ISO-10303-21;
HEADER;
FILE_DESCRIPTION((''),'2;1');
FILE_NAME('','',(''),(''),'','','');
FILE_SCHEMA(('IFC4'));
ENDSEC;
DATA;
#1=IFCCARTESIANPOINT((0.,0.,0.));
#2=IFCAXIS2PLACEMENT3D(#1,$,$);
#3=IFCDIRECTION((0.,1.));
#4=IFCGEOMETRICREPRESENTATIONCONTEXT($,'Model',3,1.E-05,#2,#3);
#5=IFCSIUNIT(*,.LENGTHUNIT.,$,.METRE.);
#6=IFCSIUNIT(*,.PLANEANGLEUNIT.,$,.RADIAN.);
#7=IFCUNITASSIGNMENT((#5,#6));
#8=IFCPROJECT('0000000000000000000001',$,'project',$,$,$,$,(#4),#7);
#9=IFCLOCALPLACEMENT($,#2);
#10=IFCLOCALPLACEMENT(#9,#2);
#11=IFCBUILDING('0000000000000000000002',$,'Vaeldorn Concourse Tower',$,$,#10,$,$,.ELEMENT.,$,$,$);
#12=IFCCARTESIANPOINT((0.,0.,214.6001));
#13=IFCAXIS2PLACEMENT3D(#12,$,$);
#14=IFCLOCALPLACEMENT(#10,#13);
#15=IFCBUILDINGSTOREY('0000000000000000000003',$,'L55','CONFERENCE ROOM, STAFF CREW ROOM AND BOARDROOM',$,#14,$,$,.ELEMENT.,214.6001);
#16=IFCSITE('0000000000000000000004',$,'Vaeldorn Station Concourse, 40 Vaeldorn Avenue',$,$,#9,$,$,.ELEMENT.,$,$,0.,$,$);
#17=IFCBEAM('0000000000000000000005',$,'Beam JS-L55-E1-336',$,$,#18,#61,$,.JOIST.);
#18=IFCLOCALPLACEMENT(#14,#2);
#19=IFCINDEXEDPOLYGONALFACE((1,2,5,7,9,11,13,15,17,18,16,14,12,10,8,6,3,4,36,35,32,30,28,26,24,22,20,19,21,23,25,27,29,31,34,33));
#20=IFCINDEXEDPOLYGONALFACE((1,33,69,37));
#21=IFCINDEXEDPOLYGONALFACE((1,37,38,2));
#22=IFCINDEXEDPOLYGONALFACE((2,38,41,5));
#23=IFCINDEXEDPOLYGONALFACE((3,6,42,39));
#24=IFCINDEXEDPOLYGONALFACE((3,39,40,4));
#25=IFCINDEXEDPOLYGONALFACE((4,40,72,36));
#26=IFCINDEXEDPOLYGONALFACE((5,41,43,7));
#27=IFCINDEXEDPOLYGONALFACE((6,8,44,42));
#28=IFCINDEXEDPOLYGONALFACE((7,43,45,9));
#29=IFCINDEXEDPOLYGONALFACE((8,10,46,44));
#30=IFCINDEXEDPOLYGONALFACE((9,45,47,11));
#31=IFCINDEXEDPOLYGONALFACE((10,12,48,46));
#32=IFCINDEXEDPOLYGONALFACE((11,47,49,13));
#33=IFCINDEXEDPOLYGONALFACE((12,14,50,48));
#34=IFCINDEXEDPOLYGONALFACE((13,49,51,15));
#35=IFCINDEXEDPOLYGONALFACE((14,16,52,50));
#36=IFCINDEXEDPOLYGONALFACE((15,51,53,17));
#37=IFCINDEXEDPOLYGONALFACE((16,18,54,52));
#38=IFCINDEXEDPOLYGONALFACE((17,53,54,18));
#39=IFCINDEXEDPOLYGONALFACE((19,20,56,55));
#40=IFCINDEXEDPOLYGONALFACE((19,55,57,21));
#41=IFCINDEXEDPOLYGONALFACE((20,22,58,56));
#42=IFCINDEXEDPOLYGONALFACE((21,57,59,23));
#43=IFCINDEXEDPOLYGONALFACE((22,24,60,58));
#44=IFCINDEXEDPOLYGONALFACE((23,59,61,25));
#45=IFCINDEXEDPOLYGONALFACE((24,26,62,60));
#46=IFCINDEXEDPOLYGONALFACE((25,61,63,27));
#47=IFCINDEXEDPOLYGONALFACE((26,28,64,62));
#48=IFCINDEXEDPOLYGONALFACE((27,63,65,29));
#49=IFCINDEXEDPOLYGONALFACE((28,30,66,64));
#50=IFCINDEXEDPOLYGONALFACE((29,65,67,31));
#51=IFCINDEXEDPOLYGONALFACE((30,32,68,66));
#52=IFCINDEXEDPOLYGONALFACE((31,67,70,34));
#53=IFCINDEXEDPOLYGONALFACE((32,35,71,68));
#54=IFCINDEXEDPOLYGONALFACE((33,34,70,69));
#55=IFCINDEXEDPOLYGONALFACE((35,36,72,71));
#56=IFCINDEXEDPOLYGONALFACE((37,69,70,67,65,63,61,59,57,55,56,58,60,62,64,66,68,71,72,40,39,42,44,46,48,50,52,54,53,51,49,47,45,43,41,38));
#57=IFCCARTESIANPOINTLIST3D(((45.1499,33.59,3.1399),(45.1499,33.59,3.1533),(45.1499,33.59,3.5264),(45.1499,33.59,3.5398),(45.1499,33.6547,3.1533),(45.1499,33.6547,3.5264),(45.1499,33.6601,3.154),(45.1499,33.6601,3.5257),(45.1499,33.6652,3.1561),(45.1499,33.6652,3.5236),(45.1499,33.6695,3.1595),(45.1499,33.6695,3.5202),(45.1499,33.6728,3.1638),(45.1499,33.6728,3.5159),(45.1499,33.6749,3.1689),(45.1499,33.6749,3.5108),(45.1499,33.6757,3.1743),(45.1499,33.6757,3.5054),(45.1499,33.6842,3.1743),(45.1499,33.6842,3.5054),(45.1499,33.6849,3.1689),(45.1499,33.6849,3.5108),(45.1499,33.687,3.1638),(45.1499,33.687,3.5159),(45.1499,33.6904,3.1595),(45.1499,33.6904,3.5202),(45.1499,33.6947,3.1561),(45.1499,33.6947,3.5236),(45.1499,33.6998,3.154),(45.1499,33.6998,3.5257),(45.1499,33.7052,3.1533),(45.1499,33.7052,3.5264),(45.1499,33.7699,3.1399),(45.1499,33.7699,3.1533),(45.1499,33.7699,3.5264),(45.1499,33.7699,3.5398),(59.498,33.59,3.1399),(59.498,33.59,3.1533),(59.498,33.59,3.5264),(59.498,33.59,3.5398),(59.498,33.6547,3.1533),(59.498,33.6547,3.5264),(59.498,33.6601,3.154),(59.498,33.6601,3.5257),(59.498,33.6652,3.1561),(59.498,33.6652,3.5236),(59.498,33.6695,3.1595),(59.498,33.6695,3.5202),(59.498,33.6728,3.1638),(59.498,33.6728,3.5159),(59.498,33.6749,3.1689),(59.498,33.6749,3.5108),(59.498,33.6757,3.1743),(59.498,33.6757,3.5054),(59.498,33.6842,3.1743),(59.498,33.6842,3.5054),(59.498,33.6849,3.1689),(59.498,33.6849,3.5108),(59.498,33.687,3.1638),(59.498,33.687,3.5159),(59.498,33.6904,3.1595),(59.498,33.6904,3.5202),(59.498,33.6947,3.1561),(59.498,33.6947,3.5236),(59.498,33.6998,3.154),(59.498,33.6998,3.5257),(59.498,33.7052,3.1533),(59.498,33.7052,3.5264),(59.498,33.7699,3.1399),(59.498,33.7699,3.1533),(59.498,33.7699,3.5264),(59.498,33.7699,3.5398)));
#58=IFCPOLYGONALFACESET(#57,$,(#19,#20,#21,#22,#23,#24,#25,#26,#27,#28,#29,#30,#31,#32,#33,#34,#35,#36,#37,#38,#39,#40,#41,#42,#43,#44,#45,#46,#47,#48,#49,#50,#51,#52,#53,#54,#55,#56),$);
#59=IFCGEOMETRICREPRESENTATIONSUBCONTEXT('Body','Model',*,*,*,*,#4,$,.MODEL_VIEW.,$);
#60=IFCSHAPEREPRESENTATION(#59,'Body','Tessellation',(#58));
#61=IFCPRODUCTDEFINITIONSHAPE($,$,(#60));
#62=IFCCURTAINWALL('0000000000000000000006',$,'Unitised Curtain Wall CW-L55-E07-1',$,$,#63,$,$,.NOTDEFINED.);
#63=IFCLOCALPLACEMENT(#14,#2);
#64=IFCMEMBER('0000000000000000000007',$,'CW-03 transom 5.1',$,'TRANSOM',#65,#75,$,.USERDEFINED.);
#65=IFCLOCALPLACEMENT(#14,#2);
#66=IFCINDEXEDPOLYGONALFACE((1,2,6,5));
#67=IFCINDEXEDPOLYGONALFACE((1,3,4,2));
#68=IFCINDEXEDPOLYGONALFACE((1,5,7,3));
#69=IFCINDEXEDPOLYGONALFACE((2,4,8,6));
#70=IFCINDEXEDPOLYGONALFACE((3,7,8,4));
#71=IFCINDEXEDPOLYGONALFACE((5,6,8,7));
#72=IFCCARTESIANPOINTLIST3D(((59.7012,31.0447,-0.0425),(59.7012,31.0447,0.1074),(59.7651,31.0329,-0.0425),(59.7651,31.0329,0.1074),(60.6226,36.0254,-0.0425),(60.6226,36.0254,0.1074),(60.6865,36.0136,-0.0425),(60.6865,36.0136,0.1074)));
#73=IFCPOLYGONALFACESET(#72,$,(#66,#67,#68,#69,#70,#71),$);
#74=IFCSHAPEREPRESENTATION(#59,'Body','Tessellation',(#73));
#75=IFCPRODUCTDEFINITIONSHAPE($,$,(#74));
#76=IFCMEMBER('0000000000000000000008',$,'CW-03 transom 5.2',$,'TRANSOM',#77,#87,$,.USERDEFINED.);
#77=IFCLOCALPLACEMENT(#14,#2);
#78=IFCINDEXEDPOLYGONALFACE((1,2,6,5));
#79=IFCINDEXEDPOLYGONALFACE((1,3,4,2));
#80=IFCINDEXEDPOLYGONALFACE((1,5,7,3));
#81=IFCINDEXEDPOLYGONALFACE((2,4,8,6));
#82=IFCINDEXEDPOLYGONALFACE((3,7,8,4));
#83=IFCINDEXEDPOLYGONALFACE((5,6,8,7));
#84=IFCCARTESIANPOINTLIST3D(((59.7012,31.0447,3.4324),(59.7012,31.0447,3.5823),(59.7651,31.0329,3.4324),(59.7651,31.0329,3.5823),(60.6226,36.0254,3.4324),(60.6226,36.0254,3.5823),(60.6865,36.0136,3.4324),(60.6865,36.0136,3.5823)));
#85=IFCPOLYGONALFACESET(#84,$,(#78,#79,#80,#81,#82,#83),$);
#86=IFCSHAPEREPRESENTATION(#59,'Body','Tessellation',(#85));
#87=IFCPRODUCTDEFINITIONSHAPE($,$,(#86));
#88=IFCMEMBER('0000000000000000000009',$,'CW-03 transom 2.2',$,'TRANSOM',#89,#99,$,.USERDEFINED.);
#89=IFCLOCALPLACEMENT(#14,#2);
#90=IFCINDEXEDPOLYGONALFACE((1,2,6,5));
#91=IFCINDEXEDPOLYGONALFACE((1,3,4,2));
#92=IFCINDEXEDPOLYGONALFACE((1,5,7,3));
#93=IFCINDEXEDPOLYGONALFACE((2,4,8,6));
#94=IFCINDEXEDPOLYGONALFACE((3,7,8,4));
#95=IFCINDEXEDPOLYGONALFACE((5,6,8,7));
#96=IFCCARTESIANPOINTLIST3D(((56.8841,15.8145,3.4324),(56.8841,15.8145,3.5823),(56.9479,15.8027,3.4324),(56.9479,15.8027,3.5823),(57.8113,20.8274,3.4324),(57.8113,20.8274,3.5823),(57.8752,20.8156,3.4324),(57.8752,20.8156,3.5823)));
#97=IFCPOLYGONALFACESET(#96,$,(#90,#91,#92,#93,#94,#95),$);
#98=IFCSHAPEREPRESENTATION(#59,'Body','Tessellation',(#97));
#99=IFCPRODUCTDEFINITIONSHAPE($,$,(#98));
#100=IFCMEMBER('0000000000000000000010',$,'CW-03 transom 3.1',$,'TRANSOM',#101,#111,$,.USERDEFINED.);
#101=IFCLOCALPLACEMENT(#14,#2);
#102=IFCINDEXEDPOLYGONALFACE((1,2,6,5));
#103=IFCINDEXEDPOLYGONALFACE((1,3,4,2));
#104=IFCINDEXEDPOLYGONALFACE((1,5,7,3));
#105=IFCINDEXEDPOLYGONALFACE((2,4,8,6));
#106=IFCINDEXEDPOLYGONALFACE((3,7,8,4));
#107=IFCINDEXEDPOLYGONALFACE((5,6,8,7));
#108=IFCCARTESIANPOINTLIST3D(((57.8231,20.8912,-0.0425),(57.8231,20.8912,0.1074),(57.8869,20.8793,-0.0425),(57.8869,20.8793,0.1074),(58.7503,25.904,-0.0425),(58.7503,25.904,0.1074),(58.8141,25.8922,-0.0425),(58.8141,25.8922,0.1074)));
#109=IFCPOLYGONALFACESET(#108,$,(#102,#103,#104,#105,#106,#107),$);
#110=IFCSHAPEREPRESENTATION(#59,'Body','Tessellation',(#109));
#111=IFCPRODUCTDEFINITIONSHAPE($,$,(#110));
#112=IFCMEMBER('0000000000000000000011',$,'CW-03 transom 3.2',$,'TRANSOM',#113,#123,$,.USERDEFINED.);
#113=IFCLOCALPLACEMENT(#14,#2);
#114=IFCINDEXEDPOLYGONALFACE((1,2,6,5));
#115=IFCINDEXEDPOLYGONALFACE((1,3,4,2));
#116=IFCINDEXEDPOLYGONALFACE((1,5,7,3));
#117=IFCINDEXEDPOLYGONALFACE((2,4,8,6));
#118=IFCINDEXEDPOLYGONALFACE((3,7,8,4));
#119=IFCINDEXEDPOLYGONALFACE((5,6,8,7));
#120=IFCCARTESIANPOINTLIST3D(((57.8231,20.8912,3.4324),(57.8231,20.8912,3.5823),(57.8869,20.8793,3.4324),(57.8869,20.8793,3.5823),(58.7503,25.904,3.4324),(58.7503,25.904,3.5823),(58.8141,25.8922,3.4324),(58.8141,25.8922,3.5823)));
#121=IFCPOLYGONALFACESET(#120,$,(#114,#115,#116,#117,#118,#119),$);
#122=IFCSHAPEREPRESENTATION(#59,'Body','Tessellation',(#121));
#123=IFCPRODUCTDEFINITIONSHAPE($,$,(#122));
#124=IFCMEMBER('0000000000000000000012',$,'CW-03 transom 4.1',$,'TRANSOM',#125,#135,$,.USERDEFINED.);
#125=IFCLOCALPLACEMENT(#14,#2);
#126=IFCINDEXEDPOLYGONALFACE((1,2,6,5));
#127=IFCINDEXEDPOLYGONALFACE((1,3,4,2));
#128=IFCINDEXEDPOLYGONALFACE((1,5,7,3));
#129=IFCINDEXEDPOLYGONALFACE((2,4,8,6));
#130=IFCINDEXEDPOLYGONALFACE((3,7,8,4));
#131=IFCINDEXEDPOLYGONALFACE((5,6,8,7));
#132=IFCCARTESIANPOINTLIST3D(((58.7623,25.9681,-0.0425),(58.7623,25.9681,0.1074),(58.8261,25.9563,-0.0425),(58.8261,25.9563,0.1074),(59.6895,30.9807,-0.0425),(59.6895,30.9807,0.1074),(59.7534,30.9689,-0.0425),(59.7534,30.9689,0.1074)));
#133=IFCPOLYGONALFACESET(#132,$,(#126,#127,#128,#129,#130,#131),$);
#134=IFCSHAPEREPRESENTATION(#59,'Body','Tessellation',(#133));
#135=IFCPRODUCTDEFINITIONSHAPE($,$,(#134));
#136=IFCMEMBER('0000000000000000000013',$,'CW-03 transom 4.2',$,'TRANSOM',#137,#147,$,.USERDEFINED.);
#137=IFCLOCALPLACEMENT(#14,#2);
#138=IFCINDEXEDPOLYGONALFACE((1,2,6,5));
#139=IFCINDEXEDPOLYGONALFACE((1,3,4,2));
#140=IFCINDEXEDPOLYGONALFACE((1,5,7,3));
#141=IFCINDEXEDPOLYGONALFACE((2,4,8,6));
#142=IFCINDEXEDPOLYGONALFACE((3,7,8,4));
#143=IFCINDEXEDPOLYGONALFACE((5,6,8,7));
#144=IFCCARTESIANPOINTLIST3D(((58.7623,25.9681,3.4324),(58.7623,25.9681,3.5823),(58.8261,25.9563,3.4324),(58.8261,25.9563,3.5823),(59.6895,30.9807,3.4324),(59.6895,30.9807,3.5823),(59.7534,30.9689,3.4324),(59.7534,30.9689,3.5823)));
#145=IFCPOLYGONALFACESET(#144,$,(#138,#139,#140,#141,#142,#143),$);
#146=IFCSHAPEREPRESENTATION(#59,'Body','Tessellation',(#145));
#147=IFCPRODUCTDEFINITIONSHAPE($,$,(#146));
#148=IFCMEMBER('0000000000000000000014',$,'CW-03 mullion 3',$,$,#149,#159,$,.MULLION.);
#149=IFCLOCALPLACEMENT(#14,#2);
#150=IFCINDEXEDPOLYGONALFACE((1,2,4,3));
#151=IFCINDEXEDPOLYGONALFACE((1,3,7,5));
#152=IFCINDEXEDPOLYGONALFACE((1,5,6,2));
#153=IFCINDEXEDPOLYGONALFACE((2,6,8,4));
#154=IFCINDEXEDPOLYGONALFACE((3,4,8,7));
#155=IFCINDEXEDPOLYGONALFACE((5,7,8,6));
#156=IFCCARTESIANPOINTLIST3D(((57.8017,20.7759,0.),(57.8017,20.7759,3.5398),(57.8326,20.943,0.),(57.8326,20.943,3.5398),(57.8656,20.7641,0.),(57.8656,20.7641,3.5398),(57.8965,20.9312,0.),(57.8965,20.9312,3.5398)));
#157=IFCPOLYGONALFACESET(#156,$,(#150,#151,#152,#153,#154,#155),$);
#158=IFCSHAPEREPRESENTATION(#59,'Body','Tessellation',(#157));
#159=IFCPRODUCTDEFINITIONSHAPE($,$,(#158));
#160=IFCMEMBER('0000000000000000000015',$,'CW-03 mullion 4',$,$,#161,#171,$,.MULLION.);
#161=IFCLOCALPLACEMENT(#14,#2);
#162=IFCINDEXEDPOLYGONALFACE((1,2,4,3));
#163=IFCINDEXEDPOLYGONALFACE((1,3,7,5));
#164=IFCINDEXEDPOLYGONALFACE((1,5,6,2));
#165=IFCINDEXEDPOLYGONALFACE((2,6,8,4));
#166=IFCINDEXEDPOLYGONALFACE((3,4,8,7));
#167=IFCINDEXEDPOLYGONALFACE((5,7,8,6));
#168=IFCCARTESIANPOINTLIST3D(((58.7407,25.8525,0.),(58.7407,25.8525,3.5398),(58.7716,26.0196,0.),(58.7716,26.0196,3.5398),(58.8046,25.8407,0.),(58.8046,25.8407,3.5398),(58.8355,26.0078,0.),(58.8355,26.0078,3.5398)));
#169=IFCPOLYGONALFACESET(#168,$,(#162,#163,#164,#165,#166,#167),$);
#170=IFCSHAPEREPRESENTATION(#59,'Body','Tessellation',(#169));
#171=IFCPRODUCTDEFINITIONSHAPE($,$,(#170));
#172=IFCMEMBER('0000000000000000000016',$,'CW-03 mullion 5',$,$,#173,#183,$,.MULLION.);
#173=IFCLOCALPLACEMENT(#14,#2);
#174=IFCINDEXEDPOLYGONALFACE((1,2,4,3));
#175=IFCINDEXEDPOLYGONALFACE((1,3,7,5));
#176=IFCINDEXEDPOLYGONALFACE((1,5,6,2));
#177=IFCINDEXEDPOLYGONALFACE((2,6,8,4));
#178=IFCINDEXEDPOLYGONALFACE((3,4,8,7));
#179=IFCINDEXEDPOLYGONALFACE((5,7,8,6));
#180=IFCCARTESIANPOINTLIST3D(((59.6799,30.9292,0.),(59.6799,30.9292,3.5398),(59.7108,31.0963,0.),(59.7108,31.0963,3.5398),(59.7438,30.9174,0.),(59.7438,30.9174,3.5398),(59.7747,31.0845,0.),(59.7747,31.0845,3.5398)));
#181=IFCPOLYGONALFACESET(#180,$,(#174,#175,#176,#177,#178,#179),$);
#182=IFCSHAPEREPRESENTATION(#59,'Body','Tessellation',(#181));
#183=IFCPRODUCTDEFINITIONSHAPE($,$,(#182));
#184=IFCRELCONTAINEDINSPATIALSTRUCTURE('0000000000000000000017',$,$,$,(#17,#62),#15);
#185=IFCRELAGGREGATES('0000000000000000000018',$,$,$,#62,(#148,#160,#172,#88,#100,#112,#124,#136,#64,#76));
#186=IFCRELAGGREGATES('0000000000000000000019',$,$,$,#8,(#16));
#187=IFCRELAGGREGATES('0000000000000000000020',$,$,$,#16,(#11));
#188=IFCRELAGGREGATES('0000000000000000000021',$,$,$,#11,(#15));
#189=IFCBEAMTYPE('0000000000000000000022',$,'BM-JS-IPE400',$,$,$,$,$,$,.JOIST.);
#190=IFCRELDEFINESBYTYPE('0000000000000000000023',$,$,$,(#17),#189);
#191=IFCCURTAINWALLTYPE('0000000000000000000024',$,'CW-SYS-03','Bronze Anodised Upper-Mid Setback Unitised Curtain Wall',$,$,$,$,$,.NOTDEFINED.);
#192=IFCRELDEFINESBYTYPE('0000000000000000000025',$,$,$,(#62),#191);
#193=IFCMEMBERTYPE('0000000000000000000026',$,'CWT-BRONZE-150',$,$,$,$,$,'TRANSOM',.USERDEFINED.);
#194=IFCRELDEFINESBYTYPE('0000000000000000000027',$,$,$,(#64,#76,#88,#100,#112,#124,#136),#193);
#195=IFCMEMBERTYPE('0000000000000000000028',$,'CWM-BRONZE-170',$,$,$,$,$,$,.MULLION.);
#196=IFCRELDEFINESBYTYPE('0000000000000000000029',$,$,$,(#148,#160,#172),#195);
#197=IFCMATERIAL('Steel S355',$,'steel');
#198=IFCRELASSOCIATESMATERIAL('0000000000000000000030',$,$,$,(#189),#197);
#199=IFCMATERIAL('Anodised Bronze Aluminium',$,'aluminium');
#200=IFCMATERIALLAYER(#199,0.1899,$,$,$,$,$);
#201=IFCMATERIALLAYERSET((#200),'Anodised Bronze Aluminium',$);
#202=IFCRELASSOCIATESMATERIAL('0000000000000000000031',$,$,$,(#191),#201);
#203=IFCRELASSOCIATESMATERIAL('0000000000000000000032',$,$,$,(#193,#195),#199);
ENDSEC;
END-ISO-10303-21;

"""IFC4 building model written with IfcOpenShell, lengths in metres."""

from ifc_helpers import new_model, si_unit, direction, frame, origin, origin_2d, place, context, subcontext, project, spatial, rectangle, i_section, extrude, source, transform, mapped, material, layer, layer_set, material_profile, profile_set, type_object, element, aggregate, save


model = new_model("IFC4")

# Units and contexts
model_context = context("Model", 3, precision=1e-05, world=origin(), true_north=direction((0.0, 1.0)))
body_context = subcontext(model_context, "Body", "Model", "MODEL_VIEW")
ifc_project = project(units=[si_unit("LENGTHUNIT", "METRE"), si_unit("PLANEANGLEUNIT", "RADIAN")], contexts=[model_context])

# Site, building, storey
site_placement = place(None, origin())
site = spatial("IfcSite", under=ifc_project, at=site_placement, Name="Vaeldorn Station Concourse, 40 Vaeldorn Avenue", CompositionType="ELEMENT", RefElevation=0.0)
building_placement = place(site_placement, origin())
building = spatial("IfcBuilding", under=site, at=building_placement, Name="Vaeldorn Concourse Tower", CompositionType="ELEMENT")
storey_placement = place(building_placement, frame((0.0, 0.0, 214.6001)))
storey = spatial("IfcBuildingStorey", under=building, at=storey_placement, Name="L55", Description="CONFERENCE ROOM, STAFF CREW ROOM AND BOARDROOM", CompositionType="ELEMENT", Elevation=214.6001)

# Shared definitions
ifc_material_1 = material(Name="Steel S355", Category="steel")

# Beam
ifc_material_profile_1 = material_profile(ifc_material_1, i_section(OverallWidth=0.1799, OverallDepth=0.3999, WebThickness=0.0085, FlangeThickness=0.0134, FilletRadius=0.021, at=origin_2d()), Name="IPE 400")
ifc_profile_set_1 = profile_set([ifc_material_profile_1], Name="Steel S355")
beam_type_1 = type_object("IfcBeamType", Name="BM-JS-IPE400", PredefinedType="JOIST", material=ifc_profile_set_1)
shared_shape_1 = source(origin(), body_context, "Body", "SweptSolid", [
    extrude(i_section(OverallWidth=0.1799, OverallDepth=0.3999, WebThickness=0.0085, FlangeThickness=0.0134, FilletRadius=0.021, at=origin_2d()), origin(), (0.0, 0.0, 1.0), 14.3481),
])
beam_1_placement = place(storey_placement, frame((45.1499, 33.6799, 3.3398), z_axis=(1.0, 0.0, 0.0), x_axis=(0.0, 1.0, 0.0)))
element("IfcBeam", 1, at=beam_1_placement, inside=storey, type_object=beam_type_1, Name="Beam JS-L55-E1-336", PredefinedType="JOIST", context=body_context, shape_type="MappedRepresentation", body=[
    mapped(shared_shape_1, transform((0.0, 0.0, 0.0), scale=1.0)),
])

# Curtain wall, members
ifc_material_2 = material(Name="Anodised Bronze Aluminium", Category="aluminium")
ifc_layer_1 = layer(ifc_material_2, 0.1899)
ifc_layer_set_1 = layer_set([ifc_layer_1], Name="Anodised Bronze Aluminium")
curtain_wall_type = type_object("IfcCurtainWallType", Name="CW-SYS-03", Description="Bronze Anodised Upper-Mid Setback Unitised Curtain Wall", PredefinedType="NOTDEFINED", material=ifc_layer_set_1)
curtain_wall_placement = place(storey_placement, origin())
curtain_wall = element("IfcCurtainWall", 2, at=curtain_wall_placement, inside=storey, type_object=curtain_wall_type, Name="Unitised Curtain Wall CW-L55-E07-1", PredefinedType="NOTDEFINED")
ifc_material_profile_2 = material_profile(ifc_material_2, rectangle(XDim=0.0649, YDim=0.1499, at=origin_2d()), Name="CWT 65x150")
ifc_profile_set_2 = profile_set([ifc_material_profile_2], Name="Anodised Bronze Aluminium")
member_type_1 = type_object("IfcMemberType", Name="CWT-BRONZE-150", ElementType="TRANSOM", PredefinedType="USERDEFINED", material=ifc_profile_set_2)
shared_shape_2 = source(origin(), body_context, "Body", "SweptSolid", [
    extrude(rectangle(XDim=0.0649, YDim=0.1499, at=origin_2d()), origin(), (0.0, 0.0, 1.0), 5.0652),
])
member_1_placement = place(storey_placement, frame((59.7332, 31.0388, 0.0325), z_axis=(0.181905, 0.983316, 0.0), x_axis=(-0.983316, 0.181905, 0.0)))
member_1 = element("IfcMember", 3, at=member_1_placement, type_object=member_type_1, Name="CW-03 transom 5.1", ObjectType="TRANSOM", PredefinedType="USERDEFINED", context=body_context, shape_type="MappedRepresentation", body=[
    mapped(shared_shape_2, transform((0.0, 0.0, 0.0), scale=1.0)),
])
member_2_placement = place(storey_placement, frame((59.7332, 31.0388, 3.5073), z_axis=(0.181905, 0.983316, 0.0), x_axis=(-0.983316, 0.181905, 0.0)))
member_2 = element("IfcMember", 4, at=member_2_placement, type_object=member_type_1, Name="CW-03 transom 5.2", ObjectType="TRANSOM", PredefinedType="USERDEFINED", context=body_context, shape_type="MappedRepresentation", body=[
    mapped(shared_shape_2, transform((0.0, 0.0, 0.0), scale=1.0)),
])
shared_shape_3 = source(origin(), body_context, "Body", "SweptSolid", [
    extrude(rectangle(XDim=0.0649, YDim=0.1499, at=origin_2d()), origin(), (0.0, 0.0, 1.0), 5.0979),
])
member_3_placement = place(storey_placement, frame((56.916, 15.8086, 3.5073), z_axis=(0.181885, 0.98332, 0.0), x_axis=(-0.98332, 0.181885, 0.0)))
member_3 = element("IfcMember", 5, at=member_3_placement, type_object=member_type_1, Name="CW-03 transom 2.2", ObjectType="TRANSOM", PredefinedType="USERDEFINED", context=body_context, shape_type="MappedRepresentation", body=[
    mapped(shared_shape_3, transform((0.0, 0.0, 0.0), scale=1.0)),
])
member_4_placement = place(storey_placement, frame((57.855, 20.8853, 0.0325), z_axis=(0.181885, 0.98332, 0.0), x_axis=(-0.98332, 0.181885, 0.0)))
member_4 = element("IfcMember", 6, at=member_4_placement, type_object=member_type_1, Name="CW-03 transom 3.1", ObjectType="TRANSOM", PredefinedType="USERDEFINED", context=body_context, shape_type="MappedRepresentation", body=[
    mapped(shared_shape_3, transform((0.0, 0.0, 0.0), scale=1.0)),
])
member_5_placement = place(storey_placement, frame((57.855, 20.8853, 3.5073), z_axis=(0.181885, 0.98332, 0.0), x_axis=(-0.98332, 0.181885, 0.0)))
member_5 = element("IfcMember", 7, at=member_5_placement, type_object=member_type_1, Name="CW-03 transom 3.2", ObjectType="TRANSOM", PredefinedType="USERDEFINED", context=body_context, shape_type="MappedRepresentation", body=[
    mapped(shared_shape_3, transform((0.0, 0.0, 0.0), scale=1.0)),
])
shared_shape_4 = source(origin(), body_context, "Body", "SweptSolid", [
    extrude(rectangle(XDim=0.0649, YDim=0.1499, at=origin_2d()), origin(), (0.0, 0.0, 1.0), 5.0977),
])
member_6_placement = place(storey_placement, frame((58.7942, 25.9622, 0.0325), z_axis=(0.181894, 0.983318, 0.0), x_axis=(-0.983318, 0.181894, 0.0)))
member_6 = element("IfcMember", 8, at=member_6_placement, type_object=member_type_1, Name="CW-03 transom 4.1", ObjectType="TRANSOM", PredefinedType="USERDEFINED", context=body_context, shape_type="MappedRepresentation", body=[
    mapped(shared_shape_4, transform((0.0, 0.0, 0.0), scale=1.0)),
])
member_7_placement = place(storey_placement, frame((58.7942, 25.9622, 3.5073), z_axis=(0.181894, 0.983318, 0.0), x_axis=(-0.983318, 0.181894, 0.0)))
member_7 = element("IfcMember", 9, at=member_7_placement, type_object=member_type_1, Name="CW-03 transom 4.2", ObjectType="TRANSOM", PredefinedType="USERDEFINED", context=body_context, shape_type="MappedRepresentation", body=[
    mapped(shared_shape_4, transform((0.0, 0.0, 0.0), scale=1.0)),
])
ifc_material_profile_3 = material_profile(ifc_material_2, rectangle(XDim=0.0649, YDim=0.1699, at=origin_2d()), Name="CWM 65x170")
ifc_profile_set_3 = profile_set([ifc_material_profile_3], Name="Anodised Bronze Aluminium")
member_type_2 = type_object("IfcMemberType", Name="CWM-BRONZE-170", PredefinedType="MULLION", material=ifc_profile_set_3)
shared_shape_5 = source(origin(), body_context, "Body", "SweptSolid", [
    extrude(rectangle(XDim=0.0649, YDim=0.1699, at=origin_2d()), origin(), (0.0, 0.0, 1.0), 3.5398),
])
member_8_placement = place(storey_placement, frame((57.8491, 20.8535, 0.0), z_axis=(0.0, 0.0, 1.0), x_axis=(-0.983319, 0.181889, 0.0)))
member_8 = element("IfcMember", 10, at=member_8_placement, type_object=member_type_2, Name="CW-03 mullion 3", PredefinedType="MULLION", context=body_context, shape_type="MappedRepresentation", body=[
    mapped(shared_shape_5, transform((0.0, 0.0, 0.0), scale=1.0)),
])
member_9_placement = place(storey_placement, frame((58.7881, 25.9302, 0.0), z_axis=(0.0, 0.0, 1.0), x_axis=(-0.983319, 0.181889, 0.0)))
member_9 = element("IfcMember", 11, at=member_9_placement, type_object=member_type_2, Name="CW-03 mullion 4", PredefinedType="MULLION", context=body_context, shape_type="MappedRepresentation", body=[
    mapped(shared_shape_5, transform((0.0, 0.0, 0.0), scale=1.0)),
])
member_10_placement = place(storey_placement, frame((59.7273, 31.0068, 0.0), z_axis=(0.0, 0.0, 1.0), x_axis=(-0.983319, 0.181889, 0.0)))
member_10 = element("IfcMember", 12, at=member_10_placement, type_object=member_type_2, Name="CW-03 mullion 5", PredefinedType="MULLION", context=body_context, shape_type="MappedRepresentation", body=[
    mapped(shared_shape_5, transform((0.0, 0.0, 0.0), scale=1.0)),
])
aggregate(curtain_wall, [member_8, member_9, member_10, member_3, member_4, member_5, member_6, member_7, member_1, member_2])

save(model, "model.ifc")
